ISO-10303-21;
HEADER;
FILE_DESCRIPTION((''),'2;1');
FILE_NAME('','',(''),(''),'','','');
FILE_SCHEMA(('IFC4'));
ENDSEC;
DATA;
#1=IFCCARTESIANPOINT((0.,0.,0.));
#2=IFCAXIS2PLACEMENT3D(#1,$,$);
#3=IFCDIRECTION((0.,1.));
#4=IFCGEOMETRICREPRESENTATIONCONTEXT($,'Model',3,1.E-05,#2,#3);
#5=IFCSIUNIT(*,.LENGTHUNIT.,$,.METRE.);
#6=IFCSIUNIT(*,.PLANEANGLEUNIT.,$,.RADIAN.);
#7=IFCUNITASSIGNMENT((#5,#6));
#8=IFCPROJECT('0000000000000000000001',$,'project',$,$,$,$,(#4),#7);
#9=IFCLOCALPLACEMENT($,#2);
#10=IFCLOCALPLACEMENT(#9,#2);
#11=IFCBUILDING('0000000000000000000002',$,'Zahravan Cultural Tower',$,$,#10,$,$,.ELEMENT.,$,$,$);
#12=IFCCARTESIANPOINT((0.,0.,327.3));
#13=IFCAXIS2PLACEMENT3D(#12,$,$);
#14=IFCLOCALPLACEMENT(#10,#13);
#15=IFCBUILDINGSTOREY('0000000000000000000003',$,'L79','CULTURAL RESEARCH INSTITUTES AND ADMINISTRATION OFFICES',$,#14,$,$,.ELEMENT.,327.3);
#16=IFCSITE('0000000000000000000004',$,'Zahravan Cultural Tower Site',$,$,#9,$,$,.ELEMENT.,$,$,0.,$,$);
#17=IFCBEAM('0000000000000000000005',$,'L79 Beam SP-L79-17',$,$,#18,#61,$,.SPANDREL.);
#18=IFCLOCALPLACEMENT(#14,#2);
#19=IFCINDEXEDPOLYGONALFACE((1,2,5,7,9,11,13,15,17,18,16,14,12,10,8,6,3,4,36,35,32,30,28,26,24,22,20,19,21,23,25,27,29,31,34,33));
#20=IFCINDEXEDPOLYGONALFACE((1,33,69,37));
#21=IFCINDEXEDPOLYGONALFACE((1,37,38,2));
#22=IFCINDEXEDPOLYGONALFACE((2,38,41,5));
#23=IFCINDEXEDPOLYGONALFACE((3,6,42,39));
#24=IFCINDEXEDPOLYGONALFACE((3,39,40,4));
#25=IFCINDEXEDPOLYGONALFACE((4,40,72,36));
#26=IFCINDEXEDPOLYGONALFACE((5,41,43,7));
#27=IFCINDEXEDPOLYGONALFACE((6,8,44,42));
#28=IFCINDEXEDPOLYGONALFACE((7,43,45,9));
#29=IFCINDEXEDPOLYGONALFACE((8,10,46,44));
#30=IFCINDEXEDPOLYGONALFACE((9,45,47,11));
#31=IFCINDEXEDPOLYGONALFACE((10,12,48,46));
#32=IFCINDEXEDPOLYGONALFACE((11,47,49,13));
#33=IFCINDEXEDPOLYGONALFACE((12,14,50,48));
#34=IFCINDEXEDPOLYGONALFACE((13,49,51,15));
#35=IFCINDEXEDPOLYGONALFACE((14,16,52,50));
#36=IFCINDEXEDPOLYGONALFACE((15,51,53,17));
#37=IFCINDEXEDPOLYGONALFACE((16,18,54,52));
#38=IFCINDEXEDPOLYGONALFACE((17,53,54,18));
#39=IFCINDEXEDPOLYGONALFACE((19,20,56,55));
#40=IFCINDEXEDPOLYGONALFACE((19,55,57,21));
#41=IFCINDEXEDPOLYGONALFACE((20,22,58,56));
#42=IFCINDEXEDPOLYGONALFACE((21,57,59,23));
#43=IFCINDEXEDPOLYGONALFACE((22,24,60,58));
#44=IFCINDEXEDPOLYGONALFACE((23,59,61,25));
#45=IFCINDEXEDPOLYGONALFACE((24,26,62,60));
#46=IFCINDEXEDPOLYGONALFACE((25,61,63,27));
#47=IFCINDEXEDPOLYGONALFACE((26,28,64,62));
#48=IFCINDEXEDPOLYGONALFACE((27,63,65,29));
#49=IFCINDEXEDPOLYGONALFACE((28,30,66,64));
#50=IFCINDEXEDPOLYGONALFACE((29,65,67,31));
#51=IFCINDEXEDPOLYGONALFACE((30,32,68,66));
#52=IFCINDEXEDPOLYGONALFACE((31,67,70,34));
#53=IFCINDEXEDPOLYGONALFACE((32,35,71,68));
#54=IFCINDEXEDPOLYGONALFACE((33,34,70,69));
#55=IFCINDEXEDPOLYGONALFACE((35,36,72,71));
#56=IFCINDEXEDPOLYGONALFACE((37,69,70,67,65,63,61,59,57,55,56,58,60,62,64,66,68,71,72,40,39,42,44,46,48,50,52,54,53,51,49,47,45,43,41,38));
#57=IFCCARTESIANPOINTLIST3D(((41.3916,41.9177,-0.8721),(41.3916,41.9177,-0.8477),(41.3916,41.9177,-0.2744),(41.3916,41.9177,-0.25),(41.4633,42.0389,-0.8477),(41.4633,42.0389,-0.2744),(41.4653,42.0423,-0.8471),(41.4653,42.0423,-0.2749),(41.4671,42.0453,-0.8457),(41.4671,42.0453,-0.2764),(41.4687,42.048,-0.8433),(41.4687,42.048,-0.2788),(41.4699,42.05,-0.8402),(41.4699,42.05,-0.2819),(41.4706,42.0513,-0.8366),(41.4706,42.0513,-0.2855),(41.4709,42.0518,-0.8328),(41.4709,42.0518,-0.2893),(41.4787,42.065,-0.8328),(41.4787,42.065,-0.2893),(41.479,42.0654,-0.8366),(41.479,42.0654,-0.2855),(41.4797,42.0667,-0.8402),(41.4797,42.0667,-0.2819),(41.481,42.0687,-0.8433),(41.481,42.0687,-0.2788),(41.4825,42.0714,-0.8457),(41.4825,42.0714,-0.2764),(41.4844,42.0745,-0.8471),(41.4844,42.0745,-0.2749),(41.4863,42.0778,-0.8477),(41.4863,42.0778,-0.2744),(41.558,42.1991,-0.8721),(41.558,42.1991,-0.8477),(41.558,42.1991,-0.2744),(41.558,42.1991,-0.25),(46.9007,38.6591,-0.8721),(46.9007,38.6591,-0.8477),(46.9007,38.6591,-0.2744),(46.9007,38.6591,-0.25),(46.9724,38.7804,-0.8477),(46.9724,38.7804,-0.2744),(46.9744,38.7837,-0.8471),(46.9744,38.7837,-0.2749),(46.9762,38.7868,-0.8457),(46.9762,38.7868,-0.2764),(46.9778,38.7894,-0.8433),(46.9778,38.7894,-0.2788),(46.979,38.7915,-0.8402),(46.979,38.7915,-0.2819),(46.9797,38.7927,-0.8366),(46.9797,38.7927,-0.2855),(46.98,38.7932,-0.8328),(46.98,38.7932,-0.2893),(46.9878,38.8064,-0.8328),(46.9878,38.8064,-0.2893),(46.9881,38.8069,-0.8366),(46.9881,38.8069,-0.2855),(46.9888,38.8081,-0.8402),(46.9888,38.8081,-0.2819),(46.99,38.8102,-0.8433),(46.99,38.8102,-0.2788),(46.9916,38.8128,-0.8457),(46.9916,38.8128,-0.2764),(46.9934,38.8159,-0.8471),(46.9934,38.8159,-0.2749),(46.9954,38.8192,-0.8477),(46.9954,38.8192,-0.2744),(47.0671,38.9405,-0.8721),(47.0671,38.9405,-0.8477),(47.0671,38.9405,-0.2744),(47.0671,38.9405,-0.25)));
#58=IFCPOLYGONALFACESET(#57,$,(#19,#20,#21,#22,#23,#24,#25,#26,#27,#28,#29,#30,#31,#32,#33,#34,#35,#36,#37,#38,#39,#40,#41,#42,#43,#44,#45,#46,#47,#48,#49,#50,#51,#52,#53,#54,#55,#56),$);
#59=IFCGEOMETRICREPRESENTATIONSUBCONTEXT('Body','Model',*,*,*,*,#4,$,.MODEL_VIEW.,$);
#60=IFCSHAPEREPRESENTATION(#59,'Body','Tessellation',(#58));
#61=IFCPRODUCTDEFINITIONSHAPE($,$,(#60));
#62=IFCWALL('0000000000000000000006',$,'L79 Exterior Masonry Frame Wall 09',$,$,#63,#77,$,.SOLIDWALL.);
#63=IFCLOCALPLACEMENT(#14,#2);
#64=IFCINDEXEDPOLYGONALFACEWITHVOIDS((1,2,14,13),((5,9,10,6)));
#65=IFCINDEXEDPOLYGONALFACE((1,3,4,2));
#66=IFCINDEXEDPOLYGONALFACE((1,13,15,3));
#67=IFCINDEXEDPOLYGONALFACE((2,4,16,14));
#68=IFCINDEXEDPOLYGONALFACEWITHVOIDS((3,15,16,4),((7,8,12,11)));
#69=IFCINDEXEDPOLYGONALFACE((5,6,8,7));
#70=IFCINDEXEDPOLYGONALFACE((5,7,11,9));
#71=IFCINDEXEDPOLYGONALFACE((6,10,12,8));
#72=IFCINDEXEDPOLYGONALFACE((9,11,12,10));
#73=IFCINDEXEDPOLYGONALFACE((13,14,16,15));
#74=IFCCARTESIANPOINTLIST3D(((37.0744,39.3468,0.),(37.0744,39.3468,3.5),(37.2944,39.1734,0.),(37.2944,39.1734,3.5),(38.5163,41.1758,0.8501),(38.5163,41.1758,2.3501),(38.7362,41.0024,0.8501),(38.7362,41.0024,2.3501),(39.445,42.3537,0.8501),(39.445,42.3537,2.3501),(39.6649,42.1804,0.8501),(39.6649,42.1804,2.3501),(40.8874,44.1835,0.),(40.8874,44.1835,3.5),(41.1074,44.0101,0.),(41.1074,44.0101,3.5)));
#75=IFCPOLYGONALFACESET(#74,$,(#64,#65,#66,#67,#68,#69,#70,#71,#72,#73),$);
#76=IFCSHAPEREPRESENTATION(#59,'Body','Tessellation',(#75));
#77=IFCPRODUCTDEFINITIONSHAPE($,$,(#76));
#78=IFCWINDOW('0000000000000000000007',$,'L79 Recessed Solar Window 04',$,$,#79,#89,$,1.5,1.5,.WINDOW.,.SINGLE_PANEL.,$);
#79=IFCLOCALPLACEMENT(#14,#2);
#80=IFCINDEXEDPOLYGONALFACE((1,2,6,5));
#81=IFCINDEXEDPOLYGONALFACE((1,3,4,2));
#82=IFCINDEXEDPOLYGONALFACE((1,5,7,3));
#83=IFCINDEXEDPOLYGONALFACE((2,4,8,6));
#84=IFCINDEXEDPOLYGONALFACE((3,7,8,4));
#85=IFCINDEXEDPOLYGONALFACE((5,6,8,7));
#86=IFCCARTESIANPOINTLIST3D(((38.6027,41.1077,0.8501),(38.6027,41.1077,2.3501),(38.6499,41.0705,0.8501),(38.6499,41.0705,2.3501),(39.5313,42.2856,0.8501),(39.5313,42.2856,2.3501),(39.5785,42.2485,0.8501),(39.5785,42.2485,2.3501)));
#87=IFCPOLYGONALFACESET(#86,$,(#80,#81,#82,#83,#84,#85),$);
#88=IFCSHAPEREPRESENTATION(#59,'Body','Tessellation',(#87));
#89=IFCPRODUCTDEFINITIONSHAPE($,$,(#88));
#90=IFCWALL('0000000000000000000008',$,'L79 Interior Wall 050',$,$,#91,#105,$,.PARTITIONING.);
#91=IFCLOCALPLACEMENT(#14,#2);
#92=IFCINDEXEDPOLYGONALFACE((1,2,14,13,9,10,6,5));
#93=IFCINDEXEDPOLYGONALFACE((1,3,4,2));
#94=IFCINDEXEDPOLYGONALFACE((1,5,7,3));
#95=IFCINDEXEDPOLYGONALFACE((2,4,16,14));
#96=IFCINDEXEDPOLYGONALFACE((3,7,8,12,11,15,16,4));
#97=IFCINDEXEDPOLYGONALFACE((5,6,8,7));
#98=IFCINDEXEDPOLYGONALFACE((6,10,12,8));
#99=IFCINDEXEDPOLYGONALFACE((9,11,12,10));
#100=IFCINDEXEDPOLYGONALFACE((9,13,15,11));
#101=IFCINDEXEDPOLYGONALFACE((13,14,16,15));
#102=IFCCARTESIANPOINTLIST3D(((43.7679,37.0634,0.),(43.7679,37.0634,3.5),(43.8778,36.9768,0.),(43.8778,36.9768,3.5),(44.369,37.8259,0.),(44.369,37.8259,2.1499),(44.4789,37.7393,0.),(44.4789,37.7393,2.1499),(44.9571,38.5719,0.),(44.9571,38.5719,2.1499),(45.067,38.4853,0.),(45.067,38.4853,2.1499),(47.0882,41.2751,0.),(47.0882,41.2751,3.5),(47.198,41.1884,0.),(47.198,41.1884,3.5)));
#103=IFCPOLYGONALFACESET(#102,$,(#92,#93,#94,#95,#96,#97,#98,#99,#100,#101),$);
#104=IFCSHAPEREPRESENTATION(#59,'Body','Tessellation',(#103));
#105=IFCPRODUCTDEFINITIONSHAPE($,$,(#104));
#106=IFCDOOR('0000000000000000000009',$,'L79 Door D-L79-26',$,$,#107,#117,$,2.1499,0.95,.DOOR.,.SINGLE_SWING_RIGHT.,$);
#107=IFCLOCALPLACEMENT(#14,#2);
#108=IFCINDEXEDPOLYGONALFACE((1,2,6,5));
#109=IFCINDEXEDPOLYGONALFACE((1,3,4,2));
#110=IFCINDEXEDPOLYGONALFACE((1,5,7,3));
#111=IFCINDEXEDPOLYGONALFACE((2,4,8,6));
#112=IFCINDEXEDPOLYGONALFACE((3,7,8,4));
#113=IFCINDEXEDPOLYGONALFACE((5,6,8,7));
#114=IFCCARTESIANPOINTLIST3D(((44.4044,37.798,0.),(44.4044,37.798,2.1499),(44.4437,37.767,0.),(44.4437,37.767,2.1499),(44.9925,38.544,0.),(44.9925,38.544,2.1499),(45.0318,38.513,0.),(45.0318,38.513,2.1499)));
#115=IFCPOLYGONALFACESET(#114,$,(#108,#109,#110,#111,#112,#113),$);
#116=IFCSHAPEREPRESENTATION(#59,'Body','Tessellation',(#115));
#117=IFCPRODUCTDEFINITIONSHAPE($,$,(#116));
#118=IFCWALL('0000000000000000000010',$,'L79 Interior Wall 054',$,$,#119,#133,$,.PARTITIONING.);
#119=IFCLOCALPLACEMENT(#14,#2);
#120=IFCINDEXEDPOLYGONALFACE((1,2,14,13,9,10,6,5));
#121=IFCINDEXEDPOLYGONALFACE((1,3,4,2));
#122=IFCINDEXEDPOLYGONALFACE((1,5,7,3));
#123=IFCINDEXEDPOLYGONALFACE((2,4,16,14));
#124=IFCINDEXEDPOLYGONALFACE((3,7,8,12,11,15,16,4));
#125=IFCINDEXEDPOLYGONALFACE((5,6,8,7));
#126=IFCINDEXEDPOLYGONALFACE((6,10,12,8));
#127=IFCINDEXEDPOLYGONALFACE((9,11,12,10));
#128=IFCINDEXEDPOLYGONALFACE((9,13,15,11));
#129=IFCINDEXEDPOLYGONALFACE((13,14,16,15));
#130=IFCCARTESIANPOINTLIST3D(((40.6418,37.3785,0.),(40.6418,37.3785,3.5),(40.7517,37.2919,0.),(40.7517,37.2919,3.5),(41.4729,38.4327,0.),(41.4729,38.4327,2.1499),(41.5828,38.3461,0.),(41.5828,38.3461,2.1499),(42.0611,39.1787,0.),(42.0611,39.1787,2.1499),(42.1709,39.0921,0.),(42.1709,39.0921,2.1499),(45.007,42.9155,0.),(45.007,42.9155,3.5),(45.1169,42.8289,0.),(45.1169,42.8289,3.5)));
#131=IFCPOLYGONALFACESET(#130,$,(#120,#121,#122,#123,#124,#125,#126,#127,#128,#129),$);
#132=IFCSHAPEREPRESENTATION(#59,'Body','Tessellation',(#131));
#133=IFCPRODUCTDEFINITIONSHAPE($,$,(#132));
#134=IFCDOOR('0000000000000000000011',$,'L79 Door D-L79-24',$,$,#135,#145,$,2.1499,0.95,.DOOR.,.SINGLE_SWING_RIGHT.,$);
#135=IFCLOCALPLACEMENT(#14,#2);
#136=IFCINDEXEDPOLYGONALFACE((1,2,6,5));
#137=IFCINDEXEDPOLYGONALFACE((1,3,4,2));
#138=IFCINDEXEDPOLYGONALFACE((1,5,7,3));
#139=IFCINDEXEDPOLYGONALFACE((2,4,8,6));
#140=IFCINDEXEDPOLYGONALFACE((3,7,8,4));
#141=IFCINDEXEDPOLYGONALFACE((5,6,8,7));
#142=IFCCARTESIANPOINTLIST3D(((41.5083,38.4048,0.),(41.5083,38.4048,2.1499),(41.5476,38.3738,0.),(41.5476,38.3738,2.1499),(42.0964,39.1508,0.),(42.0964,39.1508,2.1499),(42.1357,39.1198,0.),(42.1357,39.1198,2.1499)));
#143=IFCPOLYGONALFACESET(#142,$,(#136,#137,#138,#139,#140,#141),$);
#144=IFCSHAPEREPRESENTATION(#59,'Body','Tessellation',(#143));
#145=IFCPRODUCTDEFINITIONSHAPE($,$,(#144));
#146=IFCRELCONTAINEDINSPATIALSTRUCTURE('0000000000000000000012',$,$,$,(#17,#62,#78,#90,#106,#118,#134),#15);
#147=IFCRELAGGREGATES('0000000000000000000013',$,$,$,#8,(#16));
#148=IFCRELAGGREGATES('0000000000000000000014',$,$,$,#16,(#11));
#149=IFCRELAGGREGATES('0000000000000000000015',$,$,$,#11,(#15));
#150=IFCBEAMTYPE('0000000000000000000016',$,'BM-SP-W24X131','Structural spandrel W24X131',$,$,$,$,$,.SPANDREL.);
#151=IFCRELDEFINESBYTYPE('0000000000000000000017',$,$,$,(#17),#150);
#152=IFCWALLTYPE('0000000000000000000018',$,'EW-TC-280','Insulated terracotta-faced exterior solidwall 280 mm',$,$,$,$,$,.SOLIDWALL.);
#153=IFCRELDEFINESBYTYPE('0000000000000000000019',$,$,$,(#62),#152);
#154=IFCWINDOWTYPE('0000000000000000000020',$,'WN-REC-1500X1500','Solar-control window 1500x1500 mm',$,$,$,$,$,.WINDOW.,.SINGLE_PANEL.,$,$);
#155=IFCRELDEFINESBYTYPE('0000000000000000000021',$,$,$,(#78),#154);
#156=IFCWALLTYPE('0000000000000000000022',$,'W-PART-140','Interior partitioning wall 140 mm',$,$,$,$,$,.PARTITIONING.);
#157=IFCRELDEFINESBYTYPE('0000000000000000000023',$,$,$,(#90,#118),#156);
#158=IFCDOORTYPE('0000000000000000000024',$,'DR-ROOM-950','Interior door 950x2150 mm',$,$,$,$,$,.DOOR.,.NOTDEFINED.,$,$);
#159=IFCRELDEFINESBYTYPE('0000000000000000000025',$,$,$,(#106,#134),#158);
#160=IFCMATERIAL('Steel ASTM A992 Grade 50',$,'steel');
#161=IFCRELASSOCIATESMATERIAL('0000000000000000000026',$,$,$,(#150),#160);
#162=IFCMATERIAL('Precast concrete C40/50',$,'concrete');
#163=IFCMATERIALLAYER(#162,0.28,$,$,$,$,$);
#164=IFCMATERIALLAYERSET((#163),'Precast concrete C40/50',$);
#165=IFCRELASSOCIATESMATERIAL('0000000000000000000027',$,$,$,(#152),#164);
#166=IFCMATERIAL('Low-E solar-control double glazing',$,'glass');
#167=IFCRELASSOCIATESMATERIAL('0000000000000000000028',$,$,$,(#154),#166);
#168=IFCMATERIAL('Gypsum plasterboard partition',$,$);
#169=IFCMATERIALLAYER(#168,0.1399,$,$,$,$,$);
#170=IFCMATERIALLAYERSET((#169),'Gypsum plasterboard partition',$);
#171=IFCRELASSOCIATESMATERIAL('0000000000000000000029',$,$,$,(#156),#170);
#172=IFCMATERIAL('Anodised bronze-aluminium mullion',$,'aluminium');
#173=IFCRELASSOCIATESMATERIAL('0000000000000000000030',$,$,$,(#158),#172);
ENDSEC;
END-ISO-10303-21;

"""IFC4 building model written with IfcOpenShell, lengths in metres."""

from ifc_helpers import new_model, si_unit, direction, frame, frame_2d, origin, origin_2d, place, context, subcontext, project, spatial, rectangle, i_section, extrude, source, transform, mapped, material, layer, layer_set, material_profile, profile_set, type_object, element, fill, save


model = new_model("IFC4")

# Units and contexts
model_context = context("Model", 3, precision=1e-05, world=origin(), true_north=direction((0.0, 1.0)))
body_context = subcontext(model_context, "Body", "Model", "MODEL_VIEW")
ifc_project = project(units=[si_unit("LENGTHUNIT", "METRE"), si_unit("PLANEANGLEUNIT", "RADIAN")], contexts=[model_context])

# Site, building, storey
site_placement = place(None, origin())
site = spatial("IfcSite", under=ifc_project, at=site_placement, Name="Zahravan Cultural Tower Site", CompositionType="ELEMENT", RefElevation=0.0)
building_placement = place(site_placement, origin())
building = spatial("IfcBuilding", under=site, at=building_placement, Name="Zahravan Cultural Tower", CompositionType="ELEMENT")
storey_placement = place(building_placement, frame((0.0, 0.0, 327.3)))
storey = spatial("IfcBuildingStorey", under=building, at=storey_placement, Name="L79", Description="CULTURAL RESEARCH INSTITUTES AND ADMINISTRATION OFFICES", CompositionType="ELEMENT", Elevation=327.3)

# Shared definitions
ifc_material_1 = material(Name="Steel ASTM A992 Grade 50", Category="steel")

# Beam
ifc_material_profile_1 = material_profile(ifc_material_1, i_section(OverallWidth=0.3269, OverallDepth=0.6221, WebThickness=0.0154, FlangeThickness=0.0244, FilletRadius=0.0149, at=origin_2d()), Name="W24X131")
ifc_profile_set_1 = profile_set([ifc_material_profile_1], Name="Steel ASTM A992 Grade 50")
beam_type_1 = type_object("IfcBeamType", Name="BM-SP-W24X131", Description="Structural spandrel W24X131", PredefinedType="SPANDREL", material=ifc_profile_set_1)
shared_shape_1 = source(origin(), body_context, "Body", "SweptSolid", [
    extrude(i_section(OverallWidth=0.3269, OverallDepth=0.6221, WebThickness=0.0154, FlangeThickness=0.0244, FilletRadius=0.0149, at=origin_2d()), origin(), (0.0, 0.0, 1.0), 6.4006),
])
beam_1_placement = place(storey_placement, frame((46.9839, 38.7998, -0.561), z_axis=(-0.860707, 0.509101, 0.0), x_axis=(-0.509101, -0.860707, 0.0)))
element("IfcBeam", 1, at=beam_1_placement, inside=storey, type_object=beam_type_1, Name="L79 Beam SP-L79-17", PredefinedType="SPANDREL", context=body_context, shape_type="MappedRepresentation", body=[
    mapped(shared_shape_1, transform((0.0, 0.0, 0.0), x_axis=(1.0, 0.0, 0.0), y_axis=(0.0, 1.0, 0.0), z_axis=(0.0, 0.0, 1.0), scale=1.0)),
])

# Wall, opening, window
ifc_material_2 = material(Name="Precast concrete C40/50", Category="concrete")
ifc_layer_1 = layer(ifc_material_2, 0.28)
ifc_layer_set_1 = layer_set([ifc_layer_1], Name="Precast concrete C40/50")
wall_type_1 = type_object("IfcWallType", Name="EW-TC-280", Description="Insulated terracotta-faced exterior solidwall 280 mm", PredefinedType="SOLIDWALL", material=ifc_layer_set_1)
wall_1_placement = place(storey_placement, frame((37.1843, 39.26, 0.0), z_axis=(0.0, 0.0, 1.0), x_axis=(0.6191, 0.785312, 0.0)))
wall_1 = element("IfcWall", 2, at=wall_1_placement, inside=storey, type_object=wall_type_1, Name="L79 Exterior Masonry Frame Wall 09", PredefinedType="SOLIDWALL", context=body_context, shape_type="SweptSolid", body=[
    extrude(rectangle(XDim=6.1589, YDim=0.28, at=frame_2d((3.0796, 0.0))), origin(), (0.0, 0.0, 1.0), 3.5),
])
opening_1_placement = place(wall_1_placement, frame((2.3291, 0.0, 0.8501)))
opening_1 = element("IfcOpeningElement", 3, at=opening_1_placement, cuts=wall_1, PredefinedType="OPENING", context=body_context, shape_type="SweptSolid", body=[
    extrude(rectangle(XDim=1.5, YDim=1.5, at=frame_2d((0.75, 0.75))), frame((0.0, 0.1499, 0.0), z_axis=(0.0, -1.0, 0.0), x_axis=(1.0, 0.0, 0.0)), (0.0, 0.0, 1.0), 0.3),
])
ifc_material_3 = material(Name="Low-E solar-control double glazing", Category="glass")
window_type = type_object("IfcWindowType", Name="WN-REC-1500X1500", Description="Solar-control window 1500x1500 mm", PartitioningType="SINGLE_PANEL", PredefinedType="WINDOW", material=ifc_material_3)
shared_shape_2 = source(origin(), body_context, "Body", "SweptSolid", [
    extrude(rectangle(XDim=1.5, YDim=1.5, at=frame_2d((0.75, 0.75))), frame((0.0, 0.03, 0.0), z_axis=(0.0, -1.0, 0.0), x_axis=(1.0, 0.0, 0.0)), (0.0, 0.0, 1.0), 0.0601),
])
window_placement = place(opening_1_placement, origin())
window = element("IfcWindow", 4, at=window_placement, inside=storey, type_object=window_type, Name="L79 Recessed Solar Window 04", OverallHeight=1.5, OverallWidth=1.5, PartitioningType="SINGLE_PANEL", PredefinedType="WINDOW", context=body_context, shape_type="MappedRepresentation", body=[
    mapped(shared_shape_2, transform((0.0, 0.0, 0.0), x_axis=(1.0, 0.0, 0.0), y_axis=(0.0, 1.0, 0.0), z_axis=(0.0, 0.0, 1.0), scale=1.0)),
])
fill(opening_1, window)

# Walls, openings, doors
ifc_material_4 = material(Name="Gypsum plasterboard partition")
ifc_layer_2 = layer(ifc_material_4, 0.1399)
ifc_layer_set_2 = layer_set([ifc_layer_2], Name="Gypsum plasterboard partition")
wall_type_2 = type_object("IfcWallType", Name="W-PART-140", Description="Interior partitioning wall 140 mm", PredefinedType="PARTITIONING", material=ifc_layer_set_2)
wall_2_placement = place(storey_placement, frame((43.8228, 37.02, 0.0), z_axis=(0.0, 0.0, 1.0), x_axis=(0.619105, 0.785308, 0.0)))
wall_2 = element("IfcWall", 5, at=wall_2_placement, inside=storey, type_object=wall_type_2, Name="L79 Interior Wall 050", PredefinedType="PARTITIONING", context=body_context, shape_type="SweptSolid", body=[
    extrude(rectangle(XDim=5.363, YDim=0.1399, at=frame_2d((2.6816, 0.0))), origin(), (0.0, 0.0, 1.0), 3.5),
])
opening_2_placement = place(wall_2_placement, frame((0.9709, 0.0, 0.0)))
opening_2 = element("IfcOpeningElement", 6, at=opening_2_placement, cuts=wall_2, PredefinedType="OPENING", context=body_context, shape_type="SweptSolid", body=[
    extrude(rectangle(XDim=0.95, YDim=2.1499, at=frame_2d((0.4751, 1.075))), frame((0.0, 0.0798, 0.0), z_axis=(0.0, -1.0, 0.0), x_axis=(1.0, 0.0, 0.0)), (0.0, 0.0, 1.0), 0.1599),
])
ifc_material_5 = material(Name="Anodised bronze-aluminium mullion", Category="aluminium")
door_type = type_object("IfcDoorType", Name="DR-ROOM-950", Description="Interior door 950x2150 mm", OperationType="NOTDEFINED", PredefinedType="DOOR", material=ifc_material_5)
shared_shape_3 = source(origin(), body_context, "Body", "SweptSolid", [
    extrude(rectangle(XDim=0.95, YDim=2.1499, at=frame_2d((0.4751, 1.075))), frame((0.0, 0.0249, 0.0), z_axis=(0.0, -1.0, 0.0), x_axis=(1.0, 0.0, 0.0)), (0.0, 0.0, 1.0), 0.05),
])
door_1_placement = place(opening_2_placement, origin())
door_1 = element("IfcDoor", 7, at=door_1_placement, inside=storey, type_object=door_type, Name="L79 Door D-L79-26", OperationType="SINGLE_SWING_RIGHT", OverallHeight=2.1499, OverallWidth=0.95, PredefinedType="DOOR", context=body_context, shape_type="MappedRepresentation", body=[
    mapped(shared_shape_3, transform((0.0, 0.0, 0.0), x_axis=(1.0, 0.0, 0.0), y_axis=(0.0, 1.0, 0.0), z_axis=(0.0, 0.0, 1.0), scale=1.0)),
])
fill(opening_2, door_1)
wall_3_placement = place(storey_placement, frame((40.6968, 37.3352, 0.0), z_axis=(0.0, 0.0, 1.0), x_axis=(0.619105, 0.785308, 0.0)))
wall_3 = element("IfcWall", 8, at=wall_3_placement, inside=storey, type_object=wall_type_2, Name="L79 Interior Wall 054", PredefinedType="PARTITIONING", context=body_context, shape_type="SweptSolid", body=[
    extrude(rectangle(XDim=7.0508, YDim=0.1399, at=frame_2d((3.5254, 0.0))), origin(), (0.0, 0.0, 1.0), 3.5),
])
opening_3_placement = place(wall_3_placement, frame((1.3423, 0.0, 0.0)))
opening_3 = element("IfcOpeningElement", 9, at=opening_3_placement, cuts=wall_3, PredefinedType="OPENING", context=body_context, shape_type="SweptSolid", body=[
    extrude(rectangle(XDim=0.95, YDim=2.1499, at=frame_2d((0.4751, 1.075))), frame((0.0, 0.0798, 0.0), z_axis=(0.0, -1.0, 0.0), x_axis=(1.0, 0.0, 0.0)), (0.0, 0.0, 1.0), 0.1599),
])
door_2_placement = place(opening_3_placement, origin())
door_2 = element("IfcDoor", 10, at=door_2_placement, inside=storey, type_object=door_type, Name="L79 Door D-L79-24", OperationType="SINGLE_SWING_RIGHT", OverallHeight=2.1499, OverallWidth=0.95, PredefinedType="DOOR", context=body_context, shape_type="MappedRepresentation", body=[
    mapped(shared_shape_3, transform((0.0, 0.0, 0.0), x_axis=(1.0, 0.0, 0.0), y_axis=(0.0, 1.0, 0.0), z_axis=(0.0, 0.0, 1.0), scale=1.0)),
])
fill(opening_3, door_2)

save(model, "model.ifc")
